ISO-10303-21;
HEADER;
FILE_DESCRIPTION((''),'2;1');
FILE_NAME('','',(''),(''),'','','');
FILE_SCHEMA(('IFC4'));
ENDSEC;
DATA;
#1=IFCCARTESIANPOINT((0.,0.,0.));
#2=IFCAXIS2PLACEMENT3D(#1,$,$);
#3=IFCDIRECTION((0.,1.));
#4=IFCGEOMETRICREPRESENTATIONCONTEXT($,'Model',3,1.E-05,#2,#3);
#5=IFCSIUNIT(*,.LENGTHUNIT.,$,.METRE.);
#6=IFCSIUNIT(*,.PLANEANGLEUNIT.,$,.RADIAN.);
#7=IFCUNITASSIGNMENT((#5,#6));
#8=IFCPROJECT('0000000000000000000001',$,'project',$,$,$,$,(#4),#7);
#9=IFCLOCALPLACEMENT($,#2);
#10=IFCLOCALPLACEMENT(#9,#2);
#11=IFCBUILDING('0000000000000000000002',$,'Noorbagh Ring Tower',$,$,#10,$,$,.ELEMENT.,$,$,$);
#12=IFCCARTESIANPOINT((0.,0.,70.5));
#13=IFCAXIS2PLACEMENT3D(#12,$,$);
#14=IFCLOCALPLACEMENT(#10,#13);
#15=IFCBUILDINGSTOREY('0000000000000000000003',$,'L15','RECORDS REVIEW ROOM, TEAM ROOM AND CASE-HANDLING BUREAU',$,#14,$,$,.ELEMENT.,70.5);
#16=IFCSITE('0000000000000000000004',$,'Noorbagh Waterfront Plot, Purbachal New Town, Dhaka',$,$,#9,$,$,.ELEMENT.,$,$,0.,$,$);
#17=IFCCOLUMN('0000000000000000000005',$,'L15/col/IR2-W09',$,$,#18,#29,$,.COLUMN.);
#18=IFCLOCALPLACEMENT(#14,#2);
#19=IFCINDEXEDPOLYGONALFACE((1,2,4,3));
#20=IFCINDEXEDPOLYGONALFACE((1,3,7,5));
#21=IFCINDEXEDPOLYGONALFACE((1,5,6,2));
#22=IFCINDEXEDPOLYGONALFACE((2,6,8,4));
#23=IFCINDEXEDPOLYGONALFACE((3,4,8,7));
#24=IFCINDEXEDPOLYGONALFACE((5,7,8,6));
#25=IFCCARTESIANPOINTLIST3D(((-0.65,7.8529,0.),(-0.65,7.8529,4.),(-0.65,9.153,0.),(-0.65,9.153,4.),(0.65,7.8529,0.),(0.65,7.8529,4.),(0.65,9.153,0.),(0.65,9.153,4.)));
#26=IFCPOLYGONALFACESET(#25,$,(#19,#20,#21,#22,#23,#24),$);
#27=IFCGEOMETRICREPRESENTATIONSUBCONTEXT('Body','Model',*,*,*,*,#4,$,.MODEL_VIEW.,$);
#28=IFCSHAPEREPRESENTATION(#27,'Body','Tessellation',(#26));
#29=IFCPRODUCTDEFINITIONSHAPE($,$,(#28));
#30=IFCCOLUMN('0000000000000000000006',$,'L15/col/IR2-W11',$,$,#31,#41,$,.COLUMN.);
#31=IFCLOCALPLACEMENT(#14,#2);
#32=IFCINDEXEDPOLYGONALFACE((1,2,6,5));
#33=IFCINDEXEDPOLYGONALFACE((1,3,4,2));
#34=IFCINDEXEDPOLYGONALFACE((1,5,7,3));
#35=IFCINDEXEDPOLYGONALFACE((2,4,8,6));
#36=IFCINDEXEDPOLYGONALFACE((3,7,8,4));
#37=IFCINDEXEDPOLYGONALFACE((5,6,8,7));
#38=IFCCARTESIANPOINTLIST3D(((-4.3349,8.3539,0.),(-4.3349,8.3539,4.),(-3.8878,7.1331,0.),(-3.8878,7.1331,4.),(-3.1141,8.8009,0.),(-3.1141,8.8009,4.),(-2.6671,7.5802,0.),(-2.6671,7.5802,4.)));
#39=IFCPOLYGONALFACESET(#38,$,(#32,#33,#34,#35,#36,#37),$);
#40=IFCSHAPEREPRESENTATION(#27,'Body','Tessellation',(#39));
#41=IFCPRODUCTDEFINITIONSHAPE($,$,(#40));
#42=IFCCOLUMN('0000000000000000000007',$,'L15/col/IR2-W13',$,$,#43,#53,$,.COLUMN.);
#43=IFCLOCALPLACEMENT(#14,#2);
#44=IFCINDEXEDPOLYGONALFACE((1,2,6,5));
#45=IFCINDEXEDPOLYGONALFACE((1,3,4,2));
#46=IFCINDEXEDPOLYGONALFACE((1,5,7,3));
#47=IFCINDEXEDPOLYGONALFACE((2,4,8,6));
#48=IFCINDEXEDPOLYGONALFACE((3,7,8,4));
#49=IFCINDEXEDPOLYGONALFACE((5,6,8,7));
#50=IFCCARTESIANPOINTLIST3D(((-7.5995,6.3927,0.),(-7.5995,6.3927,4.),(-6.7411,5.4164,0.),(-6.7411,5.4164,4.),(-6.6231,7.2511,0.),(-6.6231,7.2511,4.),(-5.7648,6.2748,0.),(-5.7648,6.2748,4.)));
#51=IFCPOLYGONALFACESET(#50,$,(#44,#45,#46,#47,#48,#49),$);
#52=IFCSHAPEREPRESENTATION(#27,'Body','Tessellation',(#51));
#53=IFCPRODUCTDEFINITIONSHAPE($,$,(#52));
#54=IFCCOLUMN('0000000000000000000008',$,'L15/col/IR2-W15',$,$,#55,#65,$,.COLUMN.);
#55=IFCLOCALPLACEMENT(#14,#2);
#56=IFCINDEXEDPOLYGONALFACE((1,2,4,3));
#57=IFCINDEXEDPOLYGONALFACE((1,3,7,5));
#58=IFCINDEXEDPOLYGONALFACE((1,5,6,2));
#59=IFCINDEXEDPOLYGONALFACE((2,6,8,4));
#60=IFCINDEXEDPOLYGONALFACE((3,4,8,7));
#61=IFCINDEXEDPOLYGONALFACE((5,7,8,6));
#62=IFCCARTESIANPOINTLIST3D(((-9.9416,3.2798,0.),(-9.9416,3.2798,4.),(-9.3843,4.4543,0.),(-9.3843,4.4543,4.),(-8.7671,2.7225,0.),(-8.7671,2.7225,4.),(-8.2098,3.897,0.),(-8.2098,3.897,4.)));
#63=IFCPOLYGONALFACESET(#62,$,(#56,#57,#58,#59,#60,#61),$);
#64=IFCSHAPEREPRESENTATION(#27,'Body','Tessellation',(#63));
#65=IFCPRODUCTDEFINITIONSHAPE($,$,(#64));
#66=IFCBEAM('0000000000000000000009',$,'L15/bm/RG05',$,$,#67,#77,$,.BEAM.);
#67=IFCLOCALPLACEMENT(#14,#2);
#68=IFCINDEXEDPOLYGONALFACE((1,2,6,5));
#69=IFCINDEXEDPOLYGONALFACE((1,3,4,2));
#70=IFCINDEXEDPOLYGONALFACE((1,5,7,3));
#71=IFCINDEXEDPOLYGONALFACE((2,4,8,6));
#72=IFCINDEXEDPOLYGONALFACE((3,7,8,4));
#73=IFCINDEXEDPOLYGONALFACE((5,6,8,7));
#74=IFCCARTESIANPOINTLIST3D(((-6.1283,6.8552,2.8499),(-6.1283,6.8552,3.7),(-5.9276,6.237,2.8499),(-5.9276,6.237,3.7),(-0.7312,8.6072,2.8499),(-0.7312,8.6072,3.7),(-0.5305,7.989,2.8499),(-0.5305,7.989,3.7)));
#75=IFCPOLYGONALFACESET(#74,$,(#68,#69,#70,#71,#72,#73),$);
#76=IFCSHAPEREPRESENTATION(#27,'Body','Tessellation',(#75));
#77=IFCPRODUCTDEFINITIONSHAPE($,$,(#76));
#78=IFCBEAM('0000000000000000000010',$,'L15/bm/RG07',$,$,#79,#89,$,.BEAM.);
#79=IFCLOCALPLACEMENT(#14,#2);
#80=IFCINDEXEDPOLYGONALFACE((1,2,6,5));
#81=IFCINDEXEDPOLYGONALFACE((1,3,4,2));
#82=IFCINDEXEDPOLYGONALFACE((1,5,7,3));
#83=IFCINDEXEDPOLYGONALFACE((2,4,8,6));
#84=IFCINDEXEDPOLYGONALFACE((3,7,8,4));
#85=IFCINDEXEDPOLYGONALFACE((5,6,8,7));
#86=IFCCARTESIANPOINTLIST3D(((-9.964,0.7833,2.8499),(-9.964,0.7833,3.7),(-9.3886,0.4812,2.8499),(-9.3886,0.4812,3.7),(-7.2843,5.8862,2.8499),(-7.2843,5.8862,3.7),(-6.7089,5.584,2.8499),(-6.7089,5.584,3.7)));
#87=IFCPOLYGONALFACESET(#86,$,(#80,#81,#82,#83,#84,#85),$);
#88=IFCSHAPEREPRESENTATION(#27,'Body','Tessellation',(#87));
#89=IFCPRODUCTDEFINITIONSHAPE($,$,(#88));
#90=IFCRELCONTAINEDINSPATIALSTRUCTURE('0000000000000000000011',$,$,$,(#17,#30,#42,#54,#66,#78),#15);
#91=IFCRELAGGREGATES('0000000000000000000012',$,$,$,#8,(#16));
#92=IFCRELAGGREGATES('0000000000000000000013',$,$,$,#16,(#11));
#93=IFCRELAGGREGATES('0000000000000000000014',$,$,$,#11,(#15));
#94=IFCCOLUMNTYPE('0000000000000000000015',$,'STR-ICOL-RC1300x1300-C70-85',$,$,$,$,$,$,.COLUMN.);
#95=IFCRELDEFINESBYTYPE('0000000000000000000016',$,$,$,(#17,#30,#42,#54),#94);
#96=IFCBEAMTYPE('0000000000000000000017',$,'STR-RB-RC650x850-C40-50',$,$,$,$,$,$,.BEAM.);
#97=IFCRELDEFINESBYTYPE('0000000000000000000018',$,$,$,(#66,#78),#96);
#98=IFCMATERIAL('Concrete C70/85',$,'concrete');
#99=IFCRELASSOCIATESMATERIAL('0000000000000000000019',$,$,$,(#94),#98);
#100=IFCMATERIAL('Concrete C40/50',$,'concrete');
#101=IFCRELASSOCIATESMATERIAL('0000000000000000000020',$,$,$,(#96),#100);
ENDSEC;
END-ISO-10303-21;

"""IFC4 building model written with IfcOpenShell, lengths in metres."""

from ifc_helpers import new_model, si_unit, direction, frame, origin, origin_2d, place, context, subcontext, project, spatial, rectangle, extrude, material, material_profile, profile_set, type_object, element, save


model = new_model("IFC4")

# Units and contexts
model_context = context("Model", 3, precision=1e-05, world=origin(), true_north=direction((0.0, 1.0)))
body_context = subcontext(model_context, "Body", "Model", "MODEL_VIEW")
ifc_project = project(units=[si_unit("LENGTHUNIT", "METRE"), si_unit("PLANEANGLEUNIT", "RADIAN")], contexts=[model_context])

# Site, building, storey
site_placement = place(None, origin())
site = spatial("IfcSite", under=ifc_project, at=site_placement, Name="Noorbagh Waterfront Plot, Purbachal New Town, Dhaka", CompositionType="ELEMENT", RefElevation=0.0)
building_placement = place(site_placement, origin())
building = spatial("IfcBuilding", under=site, at=building_placement, Name="Noorbagh Ring Tower", CompositionType="ELEMENT")
storey_placement = place(building_placement, frame((0.0, 0.0, 70.5)))
storey = spatial("IfcBuildingStorey", under=building, at=storey_placement, Name="L15", Description="RECORDS REVIEW ROOM, TEAM ROOM AND CASE-HANDLING BUREAU", CompositionType="ELEMENT", Elevation=70.5)

# Columns
ifc_material_1 = material(Name="Concrete C70/85", Category="concrete")
ifc_material_profile_1 = material_profile(ifc_material_1, rectangle(XDim=1.3, YDim=1.3, at=origin_2d()), Name="RC1300x1300")
ifc_profile_set_1 = profile_set([ifc_material_profile_1], Name="Concrete C70/85")
column_type = type_object("IfcColumnType", Name="STR-ICOL-RC1300x1300-C70-85", PredefinedType="COLUMN", material=ifc_profile_set_1)
for number, where, z_axis, x_axis, name in (
    (1, (0.0, 8.5029, 0.0), (0.0, 0.0, 1.0), (-1.0, 0.0, 0.0), "L15/col/IR2-W09"),
    (2, (-3.501, 7.967, 0.0), (0.0, 0.0, 1.0), (-0.93902, -0.343864, 0.0), "L15/col/IR2-W11"),
    (3, (-6.6821, 6.3337, 0.0), (0.0, 0.0, 1.0), (-0.751022, -0.660277, 0.0), "L15/col/IR2-W13"),
    (4, (-9.0757, 3.5884, 0.0), (0.0, 0.0, 1.0), (-0.428667, -0.903463, 0.0), "L15/col/IR2-W15"),
):
    element("IfcColumn", number, at=place(storey_placement, frame(where, z_axis=z_axis, x_axis=x_axis)), inside=storey, type_object=column_type, Name=name, PredefinedType="COLUMN", context=body_context, shape_type="SweptSolid", body=[
        extrude(rectangle(XDim=1.3, YDim=1.3, at=origin_2d()), origin(), (0.0, 0.0, 1.0), 4.0),
    ])

# Beams
ifc_material_2 = material(Name="Concrete C40/50", Category="concrete")
ifc_material_profile_2 = material_profile(ifc_material_2, rectangle(XDim=0.6499, YDim=0.8501, at=origin_2d()), Name="RC650x850")
ifc_profile_set_2 = profile_set([ifc_material_profile_2], Name="Concrete C40/50")
beam_type = type_object("IfcBeamType", Name="STR-RB-RC650x850-C40-50", PredefinedType="BEAM", material=ifc_profile_set_2)
beam_1_placement = place(storey_placement, frame((-0.6309, 8.2981, 3.2749), z_axis=(-0.951141, -0.308757, 0.0), x_axis=(0.308757, -0.951141, 0.0)))
element("IfcBeam", 5, at=beam_1_placement, inside=storey, type_object=beam_type, Name="L15/bm/RG05", PredefinedType="BEAM", context=body_context, shape_type="SweptSolid", body=[
    extrude(rectangle(XDim=0.6499, YDim=0.8501, at=origin_2d()), origin(), (0.0, 0.0, 1.0), 5.6743),
])
beam_2_placement = place(storey_placement, frame((-6.9966, 5.7351, 3.2749), z_axis=(-0.464933, -0.885346, 0.0), x_axis=(0.885346, -0.464933, 0.0)))
element("IfcBeam", 6, at=beam_2_placement, inside=storey, type_object=beam_type, Name="L15/bm/RG07", PredefinedType="BEAM", context=body_context, shape_type="SweptSolid", body=[
    extrude(rectangle(XDim=0.6499, YDim=0.8501, at=origin_2d()), origin(), (0.0, 0.0, 1.0), 5.7637),
])

save(model, "model.ifc")
